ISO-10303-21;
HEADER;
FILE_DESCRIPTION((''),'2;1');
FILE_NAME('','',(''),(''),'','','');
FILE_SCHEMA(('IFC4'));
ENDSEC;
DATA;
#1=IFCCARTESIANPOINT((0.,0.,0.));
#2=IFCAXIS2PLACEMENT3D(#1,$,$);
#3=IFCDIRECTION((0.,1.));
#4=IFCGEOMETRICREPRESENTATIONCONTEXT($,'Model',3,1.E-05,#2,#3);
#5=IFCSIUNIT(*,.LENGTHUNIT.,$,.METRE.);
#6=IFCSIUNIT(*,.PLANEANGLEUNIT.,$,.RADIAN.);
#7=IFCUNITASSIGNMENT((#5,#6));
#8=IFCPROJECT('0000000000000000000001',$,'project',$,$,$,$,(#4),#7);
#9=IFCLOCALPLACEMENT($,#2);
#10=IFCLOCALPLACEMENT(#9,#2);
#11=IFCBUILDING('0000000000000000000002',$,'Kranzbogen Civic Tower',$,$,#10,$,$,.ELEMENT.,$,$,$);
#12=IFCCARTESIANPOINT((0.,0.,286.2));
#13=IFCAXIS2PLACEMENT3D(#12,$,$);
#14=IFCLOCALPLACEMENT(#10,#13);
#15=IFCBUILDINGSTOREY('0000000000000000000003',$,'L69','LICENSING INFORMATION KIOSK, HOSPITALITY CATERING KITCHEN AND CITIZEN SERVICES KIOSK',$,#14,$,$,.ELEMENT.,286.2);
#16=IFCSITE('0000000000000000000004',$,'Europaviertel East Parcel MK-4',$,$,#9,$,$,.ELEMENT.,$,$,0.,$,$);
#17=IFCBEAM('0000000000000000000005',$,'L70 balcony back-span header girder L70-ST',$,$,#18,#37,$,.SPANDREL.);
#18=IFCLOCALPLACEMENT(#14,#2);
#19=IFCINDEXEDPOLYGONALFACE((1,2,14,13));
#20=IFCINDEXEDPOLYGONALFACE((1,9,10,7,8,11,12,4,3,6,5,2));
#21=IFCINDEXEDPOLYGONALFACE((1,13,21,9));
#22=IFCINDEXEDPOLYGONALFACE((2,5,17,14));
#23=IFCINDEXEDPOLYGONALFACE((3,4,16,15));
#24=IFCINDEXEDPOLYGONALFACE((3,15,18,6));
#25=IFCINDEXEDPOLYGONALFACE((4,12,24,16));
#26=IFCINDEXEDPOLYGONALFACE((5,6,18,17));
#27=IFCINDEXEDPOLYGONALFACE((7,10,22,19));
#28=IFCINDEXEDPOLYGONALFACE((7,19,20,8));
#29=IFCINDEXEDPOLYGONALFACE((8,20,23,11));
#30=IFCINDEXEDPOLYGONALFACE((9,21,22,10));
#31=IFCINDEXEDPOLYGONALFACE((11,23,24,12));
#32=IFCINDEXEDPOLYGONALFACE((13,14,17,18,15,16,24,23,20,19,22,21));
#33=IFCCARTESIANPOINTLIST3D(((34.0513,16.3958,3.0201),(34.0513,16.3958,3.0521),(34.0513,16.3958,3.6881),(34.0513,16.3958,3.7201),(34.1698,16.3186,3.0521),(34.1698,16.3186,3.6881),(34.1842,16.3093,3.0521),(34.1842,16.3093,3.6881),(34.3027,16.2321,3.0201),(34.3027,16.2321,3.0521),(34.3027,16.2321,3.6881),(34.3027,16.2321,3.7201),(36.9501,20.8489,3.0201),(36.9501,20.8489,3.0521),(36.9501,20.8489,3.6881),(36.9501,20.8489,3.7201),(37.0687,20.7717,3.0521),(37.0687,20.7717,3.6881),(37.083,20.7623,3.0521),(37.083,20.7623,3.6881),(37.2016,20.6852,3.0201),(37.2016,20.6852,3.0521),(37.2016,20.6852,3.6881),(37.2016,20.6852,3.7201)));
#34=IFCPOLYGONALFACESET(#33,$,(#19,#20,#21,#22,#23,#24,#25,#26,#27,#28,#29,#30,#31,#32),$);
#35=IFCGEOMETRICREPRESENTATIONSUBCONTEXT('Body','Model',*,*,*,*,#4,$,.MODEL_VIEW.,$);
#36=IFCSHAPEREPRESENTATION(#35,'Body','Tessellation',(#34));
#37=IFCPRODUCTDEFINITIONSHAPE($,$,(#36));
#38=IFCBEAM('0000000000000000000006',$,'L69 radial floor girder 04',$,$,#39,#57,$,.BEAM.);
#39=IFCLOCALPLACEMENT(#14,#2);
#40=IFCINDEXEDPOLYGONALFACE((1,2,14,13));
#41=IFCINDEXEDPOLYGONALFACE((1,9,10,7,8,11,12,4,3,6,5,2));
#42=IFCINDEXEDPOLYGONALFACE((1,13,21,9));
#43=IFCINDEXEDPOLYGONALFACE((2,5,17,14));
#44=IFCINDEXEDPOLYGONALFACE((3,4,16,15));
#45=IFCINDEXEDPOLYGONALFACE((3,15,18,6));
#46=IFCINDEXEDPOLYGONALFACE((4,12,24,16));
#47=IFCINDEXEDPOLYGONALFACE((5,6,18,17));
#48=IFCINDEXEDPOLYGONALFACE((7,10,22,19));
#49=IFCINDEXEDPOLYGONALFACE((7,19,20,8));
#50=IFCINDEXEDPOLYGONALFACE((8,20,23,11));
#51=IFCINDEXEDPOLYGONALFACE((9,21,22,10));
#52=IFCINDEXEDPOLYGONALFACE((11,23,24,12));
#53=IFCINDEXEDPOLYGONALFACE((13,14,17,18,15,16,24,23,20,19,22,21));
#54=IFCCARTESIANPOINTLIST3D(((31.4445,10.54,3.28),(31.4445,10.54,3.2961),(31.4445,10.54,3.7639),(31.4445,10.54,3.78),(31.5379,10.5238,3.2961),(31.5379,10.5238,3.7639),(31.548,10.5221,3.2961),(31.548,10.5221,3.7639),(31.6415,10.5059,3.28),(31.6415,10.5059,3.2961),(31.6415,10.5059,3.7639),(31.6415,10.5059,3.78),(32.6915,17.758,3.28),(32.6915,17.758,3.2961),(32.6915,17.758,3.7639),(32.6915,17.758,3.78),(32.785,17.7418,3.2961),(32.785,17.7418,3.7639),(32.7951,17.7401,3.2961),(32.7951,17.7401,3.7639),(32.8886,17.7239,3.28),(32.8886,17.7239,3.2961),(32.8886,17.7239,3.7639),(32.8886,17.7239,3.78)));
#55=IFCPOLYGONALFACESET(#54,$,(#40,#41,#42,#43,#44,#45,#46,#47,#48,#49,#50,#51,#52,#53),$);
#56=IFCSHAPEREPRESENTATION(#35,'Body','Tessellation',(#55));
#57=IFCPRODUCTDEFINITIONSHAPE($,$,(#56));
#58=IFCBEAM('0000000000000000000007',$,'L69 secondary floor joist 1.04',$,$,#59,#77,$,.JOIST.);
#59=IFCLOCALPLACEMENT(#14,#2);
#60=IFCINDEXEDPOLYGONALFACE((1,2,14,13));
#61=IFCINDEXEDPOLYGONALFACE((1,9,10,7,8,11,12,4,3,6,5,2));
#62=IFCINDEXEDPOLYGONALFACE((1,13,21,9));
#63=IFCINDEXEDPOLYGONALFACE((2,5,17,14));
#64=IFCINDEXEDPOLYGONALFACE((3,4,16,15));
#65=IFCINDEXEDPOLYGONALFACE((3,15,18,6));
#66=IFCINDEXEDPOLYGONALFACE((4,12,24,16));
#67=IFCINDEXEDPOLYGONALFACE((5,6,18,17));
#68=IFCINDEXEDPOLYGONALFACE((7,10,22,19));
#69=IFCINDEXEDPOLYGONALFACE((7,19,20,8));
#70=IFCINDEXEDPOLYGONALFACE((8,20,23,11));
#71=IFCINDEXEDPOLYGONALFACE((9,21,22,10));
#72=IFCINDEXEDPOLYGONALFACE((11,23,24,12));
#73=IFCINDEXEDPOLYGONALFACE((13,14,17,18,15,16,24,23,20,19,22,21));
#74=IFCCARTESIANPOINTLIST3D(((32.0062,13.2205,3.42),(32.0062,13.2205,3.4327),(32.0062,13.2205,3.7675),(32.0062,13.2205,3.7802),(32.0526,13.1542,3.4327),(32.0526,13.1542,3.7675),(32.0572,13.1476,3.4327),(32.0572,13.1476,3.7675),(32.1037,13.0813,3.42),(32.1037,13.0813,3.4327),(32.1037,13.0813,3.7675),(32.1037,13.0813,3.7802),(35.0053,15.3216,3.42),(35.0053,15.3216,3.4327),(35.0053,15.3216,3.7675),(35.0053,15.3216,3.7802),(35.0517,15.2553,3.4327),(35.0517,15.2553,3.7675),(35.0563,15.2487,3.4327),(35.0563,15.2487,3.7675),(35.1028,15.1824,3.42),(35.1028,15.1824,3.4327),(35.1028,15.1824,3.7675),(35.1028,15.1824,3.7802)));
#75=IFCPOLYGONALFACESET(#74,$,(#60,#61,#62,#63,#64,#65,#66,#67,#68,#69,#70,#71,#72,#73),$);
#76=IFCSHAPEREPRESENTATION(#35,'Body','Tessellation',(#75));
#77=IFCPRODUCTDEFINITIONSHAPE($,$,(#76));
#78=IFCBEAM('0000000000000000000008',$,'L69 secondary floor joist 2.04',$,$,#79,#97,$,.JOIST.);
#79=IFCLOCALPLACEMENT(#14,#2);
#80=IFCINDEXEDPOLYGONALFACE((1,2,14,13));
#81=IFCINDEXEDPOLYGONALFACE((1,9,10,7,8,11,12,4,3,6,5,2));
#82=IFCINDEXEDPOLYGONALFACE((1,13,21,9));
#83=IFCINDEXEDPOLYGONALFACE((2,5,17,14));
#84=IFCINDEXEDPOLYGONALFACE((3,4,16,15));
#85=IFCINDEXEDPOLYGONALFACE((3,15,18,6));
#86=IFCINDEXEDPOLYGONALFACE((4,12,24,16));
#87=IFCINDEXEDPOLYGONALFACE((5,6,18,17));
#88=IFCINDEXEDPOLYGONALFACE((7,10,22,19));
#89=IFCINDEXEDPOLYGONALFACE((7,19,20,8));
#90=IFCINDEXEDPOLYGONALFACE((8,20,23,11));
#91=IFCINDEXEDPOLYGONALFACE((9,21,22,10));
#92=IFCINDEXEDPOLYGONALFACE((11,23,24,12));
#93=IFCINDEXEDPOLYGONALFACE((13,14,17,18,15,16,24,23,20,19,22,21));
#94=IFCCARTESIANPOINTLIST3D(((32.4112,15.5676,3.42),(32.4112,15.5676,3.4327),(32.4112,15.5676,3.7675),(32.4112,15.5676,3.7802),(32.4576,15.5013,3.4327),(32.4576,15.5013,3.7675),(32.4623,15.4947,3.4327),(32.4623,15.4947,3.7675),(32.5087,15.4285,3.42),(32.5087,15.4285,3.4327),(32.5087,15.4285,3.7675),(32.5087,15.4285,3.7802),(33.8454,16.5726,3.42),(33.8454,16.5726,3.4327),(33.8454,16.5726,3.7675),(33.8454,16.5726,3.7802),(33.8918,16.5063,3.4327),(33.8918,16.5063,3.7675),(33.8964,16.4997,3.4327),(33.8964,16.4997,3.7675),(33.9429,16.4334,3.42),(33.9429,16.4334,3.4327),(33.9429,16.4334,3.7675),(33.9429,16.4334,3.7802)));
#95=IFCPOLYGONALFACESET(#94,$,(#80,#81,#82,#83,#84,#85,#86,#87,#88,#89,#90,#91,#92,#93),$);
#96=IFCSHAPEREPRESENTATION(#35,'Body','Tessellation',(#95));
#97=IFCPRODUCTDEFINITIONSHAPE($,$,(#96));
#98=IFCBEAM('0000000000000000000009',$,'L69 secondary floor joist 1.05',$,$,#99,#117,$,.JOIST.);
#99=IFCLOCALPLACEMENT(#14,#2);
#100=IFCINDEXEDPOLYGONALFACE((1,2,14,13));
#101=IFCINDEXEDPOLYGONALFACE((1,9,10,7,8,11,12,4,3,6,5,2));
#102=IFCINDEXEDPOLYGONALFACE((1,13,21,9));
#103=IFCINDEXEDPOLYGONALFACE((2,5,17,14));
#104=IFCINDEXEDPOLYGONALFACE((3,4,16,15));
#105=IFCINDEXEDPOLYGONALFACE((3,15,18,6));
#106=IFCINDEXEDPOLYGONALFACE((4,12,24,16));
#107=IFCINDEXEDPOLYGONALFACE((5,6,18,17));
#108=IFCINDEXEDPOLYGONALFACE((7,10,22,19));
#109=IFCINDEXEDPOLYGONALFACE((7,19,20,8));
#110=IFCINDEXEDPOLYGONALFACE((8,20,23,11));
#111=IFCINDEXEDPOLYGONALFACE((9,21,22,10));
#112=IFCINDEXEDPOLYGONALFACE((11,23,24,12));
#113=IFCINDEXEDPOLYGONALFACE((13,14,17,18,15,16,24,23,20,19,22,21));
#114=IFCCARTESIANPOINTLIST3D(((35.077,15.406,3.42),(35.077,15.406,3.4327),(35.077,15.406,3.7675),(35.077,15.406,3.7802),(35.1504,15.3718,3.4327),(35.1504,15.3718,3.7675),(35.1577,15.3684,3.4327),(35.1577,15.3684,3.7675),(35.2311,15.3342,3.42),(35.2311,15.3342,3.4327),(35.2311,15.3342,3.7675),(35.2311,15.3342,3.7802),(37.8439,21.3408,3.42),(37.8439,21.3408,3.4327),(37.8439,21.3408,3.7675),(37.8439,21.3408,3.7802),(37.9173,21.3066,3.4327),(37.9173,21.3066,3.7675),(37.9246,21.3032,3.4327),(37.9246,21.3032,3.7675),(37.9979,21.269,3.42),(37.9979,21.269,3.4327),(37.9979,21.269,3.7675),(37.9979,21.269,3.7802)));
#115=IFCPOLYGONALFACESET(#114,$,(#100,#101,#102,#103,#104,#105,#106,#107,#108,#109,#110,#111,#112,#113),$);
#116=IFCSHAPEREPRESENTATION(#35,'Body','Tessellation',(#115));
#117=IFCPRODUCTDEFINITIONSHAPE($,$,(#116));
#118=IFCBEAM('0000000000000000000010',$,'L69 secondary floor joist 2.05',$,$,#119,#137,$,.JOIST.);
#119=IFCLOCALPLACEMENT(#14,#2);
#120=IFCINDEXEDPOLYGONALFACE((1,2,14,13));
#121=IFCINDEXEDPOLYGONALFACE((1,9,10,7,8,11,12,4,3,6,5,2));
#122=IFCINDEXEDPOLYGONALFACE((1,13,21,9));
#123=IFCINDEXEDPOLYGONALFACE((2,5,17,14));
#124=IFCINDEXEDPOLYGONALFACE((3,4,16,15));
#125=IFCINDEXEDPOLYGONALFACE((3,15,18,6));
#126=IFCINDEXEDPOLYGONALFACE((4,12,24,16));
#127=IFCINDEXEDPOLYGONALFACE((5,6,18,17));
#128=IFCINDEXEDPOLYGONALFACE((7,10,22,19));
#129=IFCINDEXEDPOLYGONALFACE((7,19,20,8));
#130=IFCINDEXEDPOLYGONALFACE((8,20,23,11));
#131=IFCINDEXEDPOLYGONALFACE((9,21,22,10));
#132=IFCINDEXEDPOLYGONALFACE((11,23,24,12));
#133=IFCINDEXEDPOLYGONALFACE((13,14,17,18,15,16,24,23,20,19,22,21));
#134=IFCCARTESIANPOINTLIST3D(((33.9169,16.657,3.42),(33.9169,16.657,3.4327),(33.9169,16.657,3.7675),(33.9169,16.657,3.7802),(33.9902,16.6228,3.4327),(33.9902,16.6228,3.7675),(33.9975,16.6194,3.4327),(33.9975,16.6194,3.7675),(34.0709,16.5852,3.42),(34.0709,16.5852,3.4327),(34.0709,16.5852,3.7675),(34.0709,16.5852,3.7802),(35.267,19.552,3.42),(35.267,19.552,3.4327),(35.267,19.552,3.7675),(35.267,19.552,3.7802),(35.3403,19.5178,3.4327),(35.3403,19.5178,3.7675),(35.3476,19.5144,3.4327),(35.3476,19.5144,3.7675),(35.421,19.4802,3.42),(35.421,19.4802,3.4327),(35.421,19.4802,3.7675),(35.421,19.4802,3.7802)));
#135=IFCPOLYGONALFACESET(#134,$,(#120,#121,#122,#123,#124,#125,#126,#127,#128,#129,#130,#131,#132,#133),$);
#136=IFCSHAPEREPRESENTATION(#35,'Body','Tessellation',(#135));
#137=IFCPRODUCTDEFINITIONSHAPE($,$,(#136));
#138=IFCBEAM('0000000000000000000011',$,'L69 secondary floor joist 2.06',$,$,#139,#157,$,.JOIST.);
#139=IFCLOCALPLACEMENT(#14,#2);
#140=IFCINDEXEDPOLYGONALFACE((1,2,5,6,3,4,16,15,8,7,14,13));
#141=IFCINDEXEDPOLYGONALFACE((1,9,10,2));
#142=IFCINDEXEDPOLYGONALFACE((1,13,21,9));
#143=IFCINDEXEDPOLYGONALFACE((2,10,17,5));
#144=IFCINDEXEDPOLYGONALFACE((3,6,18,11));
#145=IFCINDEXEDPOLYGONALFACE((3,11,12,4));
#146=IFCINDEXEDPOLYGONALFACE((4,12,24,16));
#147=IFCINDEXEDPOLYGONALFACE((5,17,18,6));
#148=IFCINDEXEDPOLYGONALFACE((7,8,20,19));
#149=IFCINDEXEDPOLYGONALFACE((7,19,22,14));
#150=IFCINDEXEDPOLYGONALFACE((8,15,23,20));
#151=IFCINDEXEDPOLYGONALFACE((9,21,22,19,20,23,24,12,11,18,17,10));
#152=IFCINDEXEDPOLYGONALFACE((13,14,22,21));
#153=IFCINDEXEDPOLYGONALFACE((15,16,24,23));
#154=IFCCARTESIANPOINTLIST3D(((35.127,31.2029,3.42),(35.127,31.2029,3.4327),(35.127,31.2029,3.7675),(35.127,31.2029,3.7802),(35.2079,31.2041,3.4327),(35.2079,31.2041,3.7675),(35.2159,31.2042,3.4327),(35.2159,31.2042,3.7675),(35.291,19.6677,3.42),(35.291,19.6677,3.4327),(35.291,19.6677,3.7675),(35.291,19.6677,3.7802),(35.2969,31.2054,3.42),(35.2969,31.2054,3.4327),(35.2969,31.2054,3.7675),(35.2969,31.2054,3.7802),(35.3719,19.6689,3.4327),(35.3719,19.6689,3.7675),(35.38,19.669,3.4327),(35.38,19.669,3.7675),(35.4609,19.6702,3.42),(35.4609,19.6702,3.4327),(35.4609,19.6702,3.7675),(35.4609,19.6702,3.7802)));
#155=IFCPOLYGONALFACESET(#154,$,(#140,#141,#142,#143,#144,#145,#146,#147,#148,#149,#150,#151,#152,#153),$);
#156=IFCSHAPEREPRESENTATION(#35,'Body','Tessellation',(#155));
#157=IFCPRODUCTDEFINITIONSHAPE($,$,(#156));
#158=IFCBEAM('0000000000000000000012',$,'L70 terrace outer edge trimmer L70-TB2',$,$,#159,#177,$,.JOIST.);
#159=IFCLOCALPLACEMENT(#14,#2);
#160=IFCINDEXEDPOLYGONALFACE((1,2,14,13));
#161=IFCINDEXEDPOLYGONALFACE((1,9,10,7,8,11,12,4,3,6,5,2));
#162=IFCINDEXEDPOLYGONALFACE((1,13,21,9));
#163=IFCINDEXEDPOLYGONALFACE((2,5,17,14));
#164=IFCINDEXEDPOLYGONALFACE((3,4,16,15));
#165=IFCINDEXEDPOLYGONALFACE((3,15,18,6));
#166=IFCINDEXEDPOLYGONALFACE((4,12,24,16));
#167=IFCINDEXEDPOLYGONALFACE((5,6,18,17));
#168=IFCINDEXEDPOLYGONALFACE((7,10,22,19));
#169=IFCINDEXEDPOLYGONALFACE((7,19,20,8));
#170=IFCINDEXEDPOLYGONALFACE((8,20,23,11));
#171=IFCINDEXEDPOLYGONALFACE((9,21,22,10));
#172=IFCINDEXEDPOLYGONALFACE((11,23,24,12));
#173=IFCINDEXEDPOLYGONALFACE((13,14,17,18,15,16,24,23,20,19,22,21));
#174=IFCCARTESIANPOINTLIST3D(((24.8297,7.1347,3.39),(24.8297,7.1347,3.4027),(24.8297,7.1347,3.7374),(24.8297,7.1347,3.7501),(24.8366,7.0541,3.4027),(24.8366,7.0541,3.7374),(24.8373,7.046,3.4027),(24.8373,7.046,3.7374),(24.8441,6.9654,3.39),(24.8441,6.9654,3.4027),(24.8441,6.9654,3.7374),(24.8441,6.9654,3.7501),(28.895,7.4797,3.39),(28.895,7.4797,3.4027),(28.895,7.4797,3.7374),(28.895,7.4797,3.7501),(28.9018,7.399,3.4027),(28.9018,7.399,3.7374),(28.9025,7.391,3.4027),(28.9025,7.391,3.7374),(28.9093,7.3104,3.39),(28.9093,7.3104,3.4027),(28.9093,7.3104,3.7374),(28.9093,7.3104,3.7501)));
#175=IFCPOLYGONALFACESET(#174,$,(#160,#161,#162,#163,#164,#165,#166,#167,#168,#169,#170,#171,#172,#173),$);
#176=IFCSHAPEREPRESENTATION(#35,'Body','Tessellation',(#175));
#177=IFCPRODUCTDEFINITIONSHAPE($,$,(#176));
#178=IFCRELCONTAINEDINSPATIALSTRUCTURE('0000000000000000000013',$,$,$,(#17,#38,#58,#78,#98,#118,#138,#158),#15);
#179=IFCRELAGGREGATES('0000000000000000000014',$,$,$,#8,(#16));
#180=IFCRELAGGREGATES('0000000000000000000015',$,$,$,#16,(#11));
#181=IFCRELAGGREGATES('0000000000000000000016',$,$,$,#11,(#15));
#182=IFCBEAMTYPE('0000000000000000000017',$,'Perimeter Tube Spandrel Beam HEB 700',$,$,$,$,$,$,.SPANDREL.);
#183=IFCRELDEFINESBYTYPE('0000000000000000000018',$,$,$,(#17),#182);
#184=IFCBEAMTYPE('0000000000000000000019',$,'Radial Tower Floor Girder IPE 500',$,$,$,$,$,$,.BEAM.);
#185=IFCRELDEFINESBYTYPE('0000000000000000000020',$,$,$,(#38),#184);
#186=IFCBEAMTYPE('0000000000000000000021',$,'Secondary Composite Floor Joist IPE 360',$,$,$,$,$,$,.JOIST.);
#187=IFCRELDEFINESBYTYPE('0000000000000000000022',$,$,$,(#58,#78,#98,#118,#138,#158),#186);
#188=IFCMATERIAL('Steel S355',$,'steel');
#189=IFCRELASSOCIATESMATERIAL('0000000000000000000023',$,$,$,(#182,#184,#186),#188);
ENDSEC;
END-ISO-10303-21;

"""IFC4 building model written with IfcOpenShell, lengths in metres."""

from ifc_helpers import new_model, si_unit, direction, frame, origin, origin_2d, place, context, subcontext, project, spatial, i_section, extrude, material, material_profile, profile_set, type_object, element, save


model = new_model("IFC4")

# Units and contexts
model_context = context("Model", 3, precision=1e-05, world=origin(), true_north=direction((0.0, 1.0)))
body_context = subcontext(model_context, "Body", "Model", "MODEL_VIEW")
ifc_project = project(units=[si_unit("LENGTHUNIT", "METRE"), si_unit("PLANEANGLEUNIT", "RADIAN")], contexts=[model_context])

# Site, building, storey
site_placement = place(None, origin())
site = spatial("IfcSite", under=ifc_project, at=site_placement, Name="Europaviertel East Parcel MK-4", CompositionType="ELEMENT", RefElevation=0.0)
building_placement = place(site_placement, origin())
building = spatial("IfcBuilding", under=site, at=building_placement, Name="Kranzbogen Civic Tower", CompositionType="ELEMENT")
storey_placement = place(building_placement, frame((0.0, 0.0, 286.2)))
storey = spatial("IfcBuildingStorey", under=building, at=storey_placement, Name="L69", Description="LICENSING INFORMATION KIOSK, HOSPITALITY CATERING KITCHEN AND CITIZEN SERVICES KIOSK", CompositionType="ELEMENT", Elevation=286.2)

# Shared definitions
ifc_material_1 = material(Name="Steel S355", Category="steel")

# Beams
ifc_material_profile_1 = material_profile(ifc_material_1, i_section(OverallWidth=0.3, OverallDepth=0.7, WebThickness=0.0171, FlangeThickness=0.032, at=origin_2d()), Name="HEB 700")
ifc_profile_set_1 = profile_set([ifc_material_profile_1], Name="Steel S355")
beam_type_1 = type_object("IfcBeamType", Name="Perimeter Tube Spandrel Beam HEB 700", PredefinedType="SPANDREL", material=ifc_profile_set_1)
beam_1_placement = place(storey_placement, frame((34.177, 16.314, 3.3701), z_axis=(0.54557, 0.838066, 0.0), x_axis=(-0.838066, 0.54557, 0.0)))
element("IfcBeam", 1, at=beam_1_placement, inside=storey, type_object=beam_type_1, Name="L70 balcony back-span header girder L70-ST", PredefinedType="SPANDREL", context=body_context, shape_type="SweptSolid", body=[
    extrude(i_section(OverallWidth=0.3, OverallDepth=0.7, WebThickness=0.0171, FlangeThickness=0.032, at=origin_2d()), origin(), (0.0, 0.0, 1.0), 5.3135),
])
ifc_material_profile_2 = material_profile(ifc_material_1, i_section(OverallWidth=0.2, OverallDepth=0.5, WebThickness=0.0103, FlangeThickness=0.0161, at=origin_2d()), Name="IPE 500")
ifc_profile_set_2 = profile_set([ifc_material_profile_2], Name="Steel S355")
beam_type_2 = type_object("IfcBeamType", Name="Radial Tower Floor Girder IPE 500", PredefinedType="BEAM", material=ifc_profile_set_2)
beam_2_placement = place(storey_placement, frame((31.543, 10.5229, 3.53), z_axis=(0.17025, 0.985401, 0.0), x_axis=(-0.985401, 0.17025, 0.0)))
element("IfcBeam", 2, at=beam_2_placement, inside=storey, type_object=beam_type_2, Name="L69 radial floor girder 04", PredefinedType="BEAM", context=body_context, shape_type="SweptSolid", body=[
    extrude(i_section(OverallWidth=0.2, OverallDepth=0.5, WebThickness=0.0103, FlangeThickness=0.0161, at=origin_2d()), origin(), (0.0, 0.0, 1.0), 7.325),
])
ifc_material_profile_3 = material_profile(ifc_material_1, i_section(OverallWidth=0.1699, OverallDepth=0.3601, WebThickness=0.0081, FlangeThickness=0.0127, at=origin_2d()), Name="IPE 360")
ifc_profile_set_3 = profile_set([ifc_material_profile_3], Name="Steel S355")
beam_type_3 = type_object("IfcBeamType", Name="Secondary Composite Floor Joist IPE 360", PredefinedType="JOIST", material=ifc_profile_set_3)
beam_3_placement = place(storey_placement, frame((32.0549, 13.1509, 3.6001), z_axis=(0.819006, 0.573784, 0.0), x_axis=(-0.573784, 0.819006, 0.0)))
element("IfcBeam", 3, at=beam_3_placement, inside=storey, type_object=beam_type_3, Name="L69 secondary floor joist 1.04", PredefinedType="JOIST", context=body_context, shape_type="SweptSolid", body=[
    extrude(i_section(OverallWidth=0.1699, OverallDepth=0.3601, WebThickness=0.0081, FlangeThickness=0.0127, at=origin_2d()), origin(), (0.0, 0.0, 1.0), 3.6619),
])
beam_4_placement = place(storey_placement, frame((32.46, 15.498, 3.6001), z_axis=(0.818957, 0.573855, 0.0), x_axis=(-0.573855, 0.818957, 0.0)))
element("IfcBeam", 4, at=beam_4_placement, inside=storey, type_object=beam_type_3, Name="L69 secondary floor joist 2.04", PredefinedType="JOIST", context=body_context, shape_type="SweptSolid", body=[
    extrude(i_section(OverallWidth=0.1699, OverallDepth=0.3601, WebThickness=0.0081, FlangeThickness=0.0127, at=origin_2d()), origin(), (0.0, 0.0, 1.0), 1.7512),
])
beam_5_placement = place(storey_placement, frame((35.1541, 15.3701, 3.6001), z_axis=(0.422543, 0.906343, 0.0), x_axis=(-0.906343, 0.422543, 0.0)))
element("IfcBeam", 5, at=beam_5_placement, inside=storey, type_object=beam_type_3, Name="L69 secondary floor joist 1.05", PredefinedType="JOIST", context=body_context, shape_type="SweptSolid", body=[
    extrude(i_section(OverallWidth=0.1699, OverallDepth=0.3601, WebThickness=0.0081, FlangeThickness=0.0127, at=origin_2d()), origin(), (0.0, 0.0, 1.0), 6.5481),
])
beam_6_placement = place(storey_placement, frame((33.9939, 16.6211, 3.6001), z_axis=(0.422651, 0.906292, 0.0), x_axis=(-0.906292, 0.422651, 0.0)))
element("IfcBeam", 6, at=beam_6_placement, inside=storey, type_object=beam_type_3, Name="L69 secondary floor joist 2.05", PredefinedType="JOIST", context=body_context, shape_type="SweptSolid", body=[
    extrude(i_section(OverallWidth=0.1699, OverallDepth=0.3601, WebThickness=0.0081, FlangeThickness=0.0127, at=origin_2d()), origin(), (0.0, 0.0, 1.0), 3.1943),
])
beam_7_placement = place(storey_placement, frame((35.376, 19.6689, 3.6001), z_axis=(-0.014221, 0.999899, 0.0), x_axis=(-0.999899, -0.014221, 0.0)))
element("IfcBeam", 7, at=beam_7_placement, inside=storey, type_object=beam_type_3, Name="L69 secondary floor joist 2.06", PredefinedType="JOIST", context=body_context, shape_type="SweptSolid", body=[
    extrude(i_section(OverallWidth=0.1699, OverallDepth=0.3601, WebThickness=0.0081, FlangeThickness=0.0127, at=origin_2d()), origin(), (0.0, 0.0, 1.0), 11.5364),
])
beam_8_placement = place(storey_placement, frame((24.8369, 7.05, 3.5701), z_axis=(0.996419, 0.084556, 0.0), x_axis=(-0.084556, 0.996419, 0.0)))
element("IfcBeam", 8, at=beam_8_placement, inside=storey, type_object=beam_type_3, Name="L70 terrace outer edge trimmer L70-TB2", PredefinedType="JOIST", context=body_context, shape_type="SweptSolid", body=[
    extrude(i_section(OverallWidth=0.1699, OverallDepth=0.3601, WebThickness=0.0081, FlangeThickness=0.0127, at=origin_2d()), origin(), (0.0, 0.0, 1.0), 4.0798),
])

save(model, "model.ifc")
